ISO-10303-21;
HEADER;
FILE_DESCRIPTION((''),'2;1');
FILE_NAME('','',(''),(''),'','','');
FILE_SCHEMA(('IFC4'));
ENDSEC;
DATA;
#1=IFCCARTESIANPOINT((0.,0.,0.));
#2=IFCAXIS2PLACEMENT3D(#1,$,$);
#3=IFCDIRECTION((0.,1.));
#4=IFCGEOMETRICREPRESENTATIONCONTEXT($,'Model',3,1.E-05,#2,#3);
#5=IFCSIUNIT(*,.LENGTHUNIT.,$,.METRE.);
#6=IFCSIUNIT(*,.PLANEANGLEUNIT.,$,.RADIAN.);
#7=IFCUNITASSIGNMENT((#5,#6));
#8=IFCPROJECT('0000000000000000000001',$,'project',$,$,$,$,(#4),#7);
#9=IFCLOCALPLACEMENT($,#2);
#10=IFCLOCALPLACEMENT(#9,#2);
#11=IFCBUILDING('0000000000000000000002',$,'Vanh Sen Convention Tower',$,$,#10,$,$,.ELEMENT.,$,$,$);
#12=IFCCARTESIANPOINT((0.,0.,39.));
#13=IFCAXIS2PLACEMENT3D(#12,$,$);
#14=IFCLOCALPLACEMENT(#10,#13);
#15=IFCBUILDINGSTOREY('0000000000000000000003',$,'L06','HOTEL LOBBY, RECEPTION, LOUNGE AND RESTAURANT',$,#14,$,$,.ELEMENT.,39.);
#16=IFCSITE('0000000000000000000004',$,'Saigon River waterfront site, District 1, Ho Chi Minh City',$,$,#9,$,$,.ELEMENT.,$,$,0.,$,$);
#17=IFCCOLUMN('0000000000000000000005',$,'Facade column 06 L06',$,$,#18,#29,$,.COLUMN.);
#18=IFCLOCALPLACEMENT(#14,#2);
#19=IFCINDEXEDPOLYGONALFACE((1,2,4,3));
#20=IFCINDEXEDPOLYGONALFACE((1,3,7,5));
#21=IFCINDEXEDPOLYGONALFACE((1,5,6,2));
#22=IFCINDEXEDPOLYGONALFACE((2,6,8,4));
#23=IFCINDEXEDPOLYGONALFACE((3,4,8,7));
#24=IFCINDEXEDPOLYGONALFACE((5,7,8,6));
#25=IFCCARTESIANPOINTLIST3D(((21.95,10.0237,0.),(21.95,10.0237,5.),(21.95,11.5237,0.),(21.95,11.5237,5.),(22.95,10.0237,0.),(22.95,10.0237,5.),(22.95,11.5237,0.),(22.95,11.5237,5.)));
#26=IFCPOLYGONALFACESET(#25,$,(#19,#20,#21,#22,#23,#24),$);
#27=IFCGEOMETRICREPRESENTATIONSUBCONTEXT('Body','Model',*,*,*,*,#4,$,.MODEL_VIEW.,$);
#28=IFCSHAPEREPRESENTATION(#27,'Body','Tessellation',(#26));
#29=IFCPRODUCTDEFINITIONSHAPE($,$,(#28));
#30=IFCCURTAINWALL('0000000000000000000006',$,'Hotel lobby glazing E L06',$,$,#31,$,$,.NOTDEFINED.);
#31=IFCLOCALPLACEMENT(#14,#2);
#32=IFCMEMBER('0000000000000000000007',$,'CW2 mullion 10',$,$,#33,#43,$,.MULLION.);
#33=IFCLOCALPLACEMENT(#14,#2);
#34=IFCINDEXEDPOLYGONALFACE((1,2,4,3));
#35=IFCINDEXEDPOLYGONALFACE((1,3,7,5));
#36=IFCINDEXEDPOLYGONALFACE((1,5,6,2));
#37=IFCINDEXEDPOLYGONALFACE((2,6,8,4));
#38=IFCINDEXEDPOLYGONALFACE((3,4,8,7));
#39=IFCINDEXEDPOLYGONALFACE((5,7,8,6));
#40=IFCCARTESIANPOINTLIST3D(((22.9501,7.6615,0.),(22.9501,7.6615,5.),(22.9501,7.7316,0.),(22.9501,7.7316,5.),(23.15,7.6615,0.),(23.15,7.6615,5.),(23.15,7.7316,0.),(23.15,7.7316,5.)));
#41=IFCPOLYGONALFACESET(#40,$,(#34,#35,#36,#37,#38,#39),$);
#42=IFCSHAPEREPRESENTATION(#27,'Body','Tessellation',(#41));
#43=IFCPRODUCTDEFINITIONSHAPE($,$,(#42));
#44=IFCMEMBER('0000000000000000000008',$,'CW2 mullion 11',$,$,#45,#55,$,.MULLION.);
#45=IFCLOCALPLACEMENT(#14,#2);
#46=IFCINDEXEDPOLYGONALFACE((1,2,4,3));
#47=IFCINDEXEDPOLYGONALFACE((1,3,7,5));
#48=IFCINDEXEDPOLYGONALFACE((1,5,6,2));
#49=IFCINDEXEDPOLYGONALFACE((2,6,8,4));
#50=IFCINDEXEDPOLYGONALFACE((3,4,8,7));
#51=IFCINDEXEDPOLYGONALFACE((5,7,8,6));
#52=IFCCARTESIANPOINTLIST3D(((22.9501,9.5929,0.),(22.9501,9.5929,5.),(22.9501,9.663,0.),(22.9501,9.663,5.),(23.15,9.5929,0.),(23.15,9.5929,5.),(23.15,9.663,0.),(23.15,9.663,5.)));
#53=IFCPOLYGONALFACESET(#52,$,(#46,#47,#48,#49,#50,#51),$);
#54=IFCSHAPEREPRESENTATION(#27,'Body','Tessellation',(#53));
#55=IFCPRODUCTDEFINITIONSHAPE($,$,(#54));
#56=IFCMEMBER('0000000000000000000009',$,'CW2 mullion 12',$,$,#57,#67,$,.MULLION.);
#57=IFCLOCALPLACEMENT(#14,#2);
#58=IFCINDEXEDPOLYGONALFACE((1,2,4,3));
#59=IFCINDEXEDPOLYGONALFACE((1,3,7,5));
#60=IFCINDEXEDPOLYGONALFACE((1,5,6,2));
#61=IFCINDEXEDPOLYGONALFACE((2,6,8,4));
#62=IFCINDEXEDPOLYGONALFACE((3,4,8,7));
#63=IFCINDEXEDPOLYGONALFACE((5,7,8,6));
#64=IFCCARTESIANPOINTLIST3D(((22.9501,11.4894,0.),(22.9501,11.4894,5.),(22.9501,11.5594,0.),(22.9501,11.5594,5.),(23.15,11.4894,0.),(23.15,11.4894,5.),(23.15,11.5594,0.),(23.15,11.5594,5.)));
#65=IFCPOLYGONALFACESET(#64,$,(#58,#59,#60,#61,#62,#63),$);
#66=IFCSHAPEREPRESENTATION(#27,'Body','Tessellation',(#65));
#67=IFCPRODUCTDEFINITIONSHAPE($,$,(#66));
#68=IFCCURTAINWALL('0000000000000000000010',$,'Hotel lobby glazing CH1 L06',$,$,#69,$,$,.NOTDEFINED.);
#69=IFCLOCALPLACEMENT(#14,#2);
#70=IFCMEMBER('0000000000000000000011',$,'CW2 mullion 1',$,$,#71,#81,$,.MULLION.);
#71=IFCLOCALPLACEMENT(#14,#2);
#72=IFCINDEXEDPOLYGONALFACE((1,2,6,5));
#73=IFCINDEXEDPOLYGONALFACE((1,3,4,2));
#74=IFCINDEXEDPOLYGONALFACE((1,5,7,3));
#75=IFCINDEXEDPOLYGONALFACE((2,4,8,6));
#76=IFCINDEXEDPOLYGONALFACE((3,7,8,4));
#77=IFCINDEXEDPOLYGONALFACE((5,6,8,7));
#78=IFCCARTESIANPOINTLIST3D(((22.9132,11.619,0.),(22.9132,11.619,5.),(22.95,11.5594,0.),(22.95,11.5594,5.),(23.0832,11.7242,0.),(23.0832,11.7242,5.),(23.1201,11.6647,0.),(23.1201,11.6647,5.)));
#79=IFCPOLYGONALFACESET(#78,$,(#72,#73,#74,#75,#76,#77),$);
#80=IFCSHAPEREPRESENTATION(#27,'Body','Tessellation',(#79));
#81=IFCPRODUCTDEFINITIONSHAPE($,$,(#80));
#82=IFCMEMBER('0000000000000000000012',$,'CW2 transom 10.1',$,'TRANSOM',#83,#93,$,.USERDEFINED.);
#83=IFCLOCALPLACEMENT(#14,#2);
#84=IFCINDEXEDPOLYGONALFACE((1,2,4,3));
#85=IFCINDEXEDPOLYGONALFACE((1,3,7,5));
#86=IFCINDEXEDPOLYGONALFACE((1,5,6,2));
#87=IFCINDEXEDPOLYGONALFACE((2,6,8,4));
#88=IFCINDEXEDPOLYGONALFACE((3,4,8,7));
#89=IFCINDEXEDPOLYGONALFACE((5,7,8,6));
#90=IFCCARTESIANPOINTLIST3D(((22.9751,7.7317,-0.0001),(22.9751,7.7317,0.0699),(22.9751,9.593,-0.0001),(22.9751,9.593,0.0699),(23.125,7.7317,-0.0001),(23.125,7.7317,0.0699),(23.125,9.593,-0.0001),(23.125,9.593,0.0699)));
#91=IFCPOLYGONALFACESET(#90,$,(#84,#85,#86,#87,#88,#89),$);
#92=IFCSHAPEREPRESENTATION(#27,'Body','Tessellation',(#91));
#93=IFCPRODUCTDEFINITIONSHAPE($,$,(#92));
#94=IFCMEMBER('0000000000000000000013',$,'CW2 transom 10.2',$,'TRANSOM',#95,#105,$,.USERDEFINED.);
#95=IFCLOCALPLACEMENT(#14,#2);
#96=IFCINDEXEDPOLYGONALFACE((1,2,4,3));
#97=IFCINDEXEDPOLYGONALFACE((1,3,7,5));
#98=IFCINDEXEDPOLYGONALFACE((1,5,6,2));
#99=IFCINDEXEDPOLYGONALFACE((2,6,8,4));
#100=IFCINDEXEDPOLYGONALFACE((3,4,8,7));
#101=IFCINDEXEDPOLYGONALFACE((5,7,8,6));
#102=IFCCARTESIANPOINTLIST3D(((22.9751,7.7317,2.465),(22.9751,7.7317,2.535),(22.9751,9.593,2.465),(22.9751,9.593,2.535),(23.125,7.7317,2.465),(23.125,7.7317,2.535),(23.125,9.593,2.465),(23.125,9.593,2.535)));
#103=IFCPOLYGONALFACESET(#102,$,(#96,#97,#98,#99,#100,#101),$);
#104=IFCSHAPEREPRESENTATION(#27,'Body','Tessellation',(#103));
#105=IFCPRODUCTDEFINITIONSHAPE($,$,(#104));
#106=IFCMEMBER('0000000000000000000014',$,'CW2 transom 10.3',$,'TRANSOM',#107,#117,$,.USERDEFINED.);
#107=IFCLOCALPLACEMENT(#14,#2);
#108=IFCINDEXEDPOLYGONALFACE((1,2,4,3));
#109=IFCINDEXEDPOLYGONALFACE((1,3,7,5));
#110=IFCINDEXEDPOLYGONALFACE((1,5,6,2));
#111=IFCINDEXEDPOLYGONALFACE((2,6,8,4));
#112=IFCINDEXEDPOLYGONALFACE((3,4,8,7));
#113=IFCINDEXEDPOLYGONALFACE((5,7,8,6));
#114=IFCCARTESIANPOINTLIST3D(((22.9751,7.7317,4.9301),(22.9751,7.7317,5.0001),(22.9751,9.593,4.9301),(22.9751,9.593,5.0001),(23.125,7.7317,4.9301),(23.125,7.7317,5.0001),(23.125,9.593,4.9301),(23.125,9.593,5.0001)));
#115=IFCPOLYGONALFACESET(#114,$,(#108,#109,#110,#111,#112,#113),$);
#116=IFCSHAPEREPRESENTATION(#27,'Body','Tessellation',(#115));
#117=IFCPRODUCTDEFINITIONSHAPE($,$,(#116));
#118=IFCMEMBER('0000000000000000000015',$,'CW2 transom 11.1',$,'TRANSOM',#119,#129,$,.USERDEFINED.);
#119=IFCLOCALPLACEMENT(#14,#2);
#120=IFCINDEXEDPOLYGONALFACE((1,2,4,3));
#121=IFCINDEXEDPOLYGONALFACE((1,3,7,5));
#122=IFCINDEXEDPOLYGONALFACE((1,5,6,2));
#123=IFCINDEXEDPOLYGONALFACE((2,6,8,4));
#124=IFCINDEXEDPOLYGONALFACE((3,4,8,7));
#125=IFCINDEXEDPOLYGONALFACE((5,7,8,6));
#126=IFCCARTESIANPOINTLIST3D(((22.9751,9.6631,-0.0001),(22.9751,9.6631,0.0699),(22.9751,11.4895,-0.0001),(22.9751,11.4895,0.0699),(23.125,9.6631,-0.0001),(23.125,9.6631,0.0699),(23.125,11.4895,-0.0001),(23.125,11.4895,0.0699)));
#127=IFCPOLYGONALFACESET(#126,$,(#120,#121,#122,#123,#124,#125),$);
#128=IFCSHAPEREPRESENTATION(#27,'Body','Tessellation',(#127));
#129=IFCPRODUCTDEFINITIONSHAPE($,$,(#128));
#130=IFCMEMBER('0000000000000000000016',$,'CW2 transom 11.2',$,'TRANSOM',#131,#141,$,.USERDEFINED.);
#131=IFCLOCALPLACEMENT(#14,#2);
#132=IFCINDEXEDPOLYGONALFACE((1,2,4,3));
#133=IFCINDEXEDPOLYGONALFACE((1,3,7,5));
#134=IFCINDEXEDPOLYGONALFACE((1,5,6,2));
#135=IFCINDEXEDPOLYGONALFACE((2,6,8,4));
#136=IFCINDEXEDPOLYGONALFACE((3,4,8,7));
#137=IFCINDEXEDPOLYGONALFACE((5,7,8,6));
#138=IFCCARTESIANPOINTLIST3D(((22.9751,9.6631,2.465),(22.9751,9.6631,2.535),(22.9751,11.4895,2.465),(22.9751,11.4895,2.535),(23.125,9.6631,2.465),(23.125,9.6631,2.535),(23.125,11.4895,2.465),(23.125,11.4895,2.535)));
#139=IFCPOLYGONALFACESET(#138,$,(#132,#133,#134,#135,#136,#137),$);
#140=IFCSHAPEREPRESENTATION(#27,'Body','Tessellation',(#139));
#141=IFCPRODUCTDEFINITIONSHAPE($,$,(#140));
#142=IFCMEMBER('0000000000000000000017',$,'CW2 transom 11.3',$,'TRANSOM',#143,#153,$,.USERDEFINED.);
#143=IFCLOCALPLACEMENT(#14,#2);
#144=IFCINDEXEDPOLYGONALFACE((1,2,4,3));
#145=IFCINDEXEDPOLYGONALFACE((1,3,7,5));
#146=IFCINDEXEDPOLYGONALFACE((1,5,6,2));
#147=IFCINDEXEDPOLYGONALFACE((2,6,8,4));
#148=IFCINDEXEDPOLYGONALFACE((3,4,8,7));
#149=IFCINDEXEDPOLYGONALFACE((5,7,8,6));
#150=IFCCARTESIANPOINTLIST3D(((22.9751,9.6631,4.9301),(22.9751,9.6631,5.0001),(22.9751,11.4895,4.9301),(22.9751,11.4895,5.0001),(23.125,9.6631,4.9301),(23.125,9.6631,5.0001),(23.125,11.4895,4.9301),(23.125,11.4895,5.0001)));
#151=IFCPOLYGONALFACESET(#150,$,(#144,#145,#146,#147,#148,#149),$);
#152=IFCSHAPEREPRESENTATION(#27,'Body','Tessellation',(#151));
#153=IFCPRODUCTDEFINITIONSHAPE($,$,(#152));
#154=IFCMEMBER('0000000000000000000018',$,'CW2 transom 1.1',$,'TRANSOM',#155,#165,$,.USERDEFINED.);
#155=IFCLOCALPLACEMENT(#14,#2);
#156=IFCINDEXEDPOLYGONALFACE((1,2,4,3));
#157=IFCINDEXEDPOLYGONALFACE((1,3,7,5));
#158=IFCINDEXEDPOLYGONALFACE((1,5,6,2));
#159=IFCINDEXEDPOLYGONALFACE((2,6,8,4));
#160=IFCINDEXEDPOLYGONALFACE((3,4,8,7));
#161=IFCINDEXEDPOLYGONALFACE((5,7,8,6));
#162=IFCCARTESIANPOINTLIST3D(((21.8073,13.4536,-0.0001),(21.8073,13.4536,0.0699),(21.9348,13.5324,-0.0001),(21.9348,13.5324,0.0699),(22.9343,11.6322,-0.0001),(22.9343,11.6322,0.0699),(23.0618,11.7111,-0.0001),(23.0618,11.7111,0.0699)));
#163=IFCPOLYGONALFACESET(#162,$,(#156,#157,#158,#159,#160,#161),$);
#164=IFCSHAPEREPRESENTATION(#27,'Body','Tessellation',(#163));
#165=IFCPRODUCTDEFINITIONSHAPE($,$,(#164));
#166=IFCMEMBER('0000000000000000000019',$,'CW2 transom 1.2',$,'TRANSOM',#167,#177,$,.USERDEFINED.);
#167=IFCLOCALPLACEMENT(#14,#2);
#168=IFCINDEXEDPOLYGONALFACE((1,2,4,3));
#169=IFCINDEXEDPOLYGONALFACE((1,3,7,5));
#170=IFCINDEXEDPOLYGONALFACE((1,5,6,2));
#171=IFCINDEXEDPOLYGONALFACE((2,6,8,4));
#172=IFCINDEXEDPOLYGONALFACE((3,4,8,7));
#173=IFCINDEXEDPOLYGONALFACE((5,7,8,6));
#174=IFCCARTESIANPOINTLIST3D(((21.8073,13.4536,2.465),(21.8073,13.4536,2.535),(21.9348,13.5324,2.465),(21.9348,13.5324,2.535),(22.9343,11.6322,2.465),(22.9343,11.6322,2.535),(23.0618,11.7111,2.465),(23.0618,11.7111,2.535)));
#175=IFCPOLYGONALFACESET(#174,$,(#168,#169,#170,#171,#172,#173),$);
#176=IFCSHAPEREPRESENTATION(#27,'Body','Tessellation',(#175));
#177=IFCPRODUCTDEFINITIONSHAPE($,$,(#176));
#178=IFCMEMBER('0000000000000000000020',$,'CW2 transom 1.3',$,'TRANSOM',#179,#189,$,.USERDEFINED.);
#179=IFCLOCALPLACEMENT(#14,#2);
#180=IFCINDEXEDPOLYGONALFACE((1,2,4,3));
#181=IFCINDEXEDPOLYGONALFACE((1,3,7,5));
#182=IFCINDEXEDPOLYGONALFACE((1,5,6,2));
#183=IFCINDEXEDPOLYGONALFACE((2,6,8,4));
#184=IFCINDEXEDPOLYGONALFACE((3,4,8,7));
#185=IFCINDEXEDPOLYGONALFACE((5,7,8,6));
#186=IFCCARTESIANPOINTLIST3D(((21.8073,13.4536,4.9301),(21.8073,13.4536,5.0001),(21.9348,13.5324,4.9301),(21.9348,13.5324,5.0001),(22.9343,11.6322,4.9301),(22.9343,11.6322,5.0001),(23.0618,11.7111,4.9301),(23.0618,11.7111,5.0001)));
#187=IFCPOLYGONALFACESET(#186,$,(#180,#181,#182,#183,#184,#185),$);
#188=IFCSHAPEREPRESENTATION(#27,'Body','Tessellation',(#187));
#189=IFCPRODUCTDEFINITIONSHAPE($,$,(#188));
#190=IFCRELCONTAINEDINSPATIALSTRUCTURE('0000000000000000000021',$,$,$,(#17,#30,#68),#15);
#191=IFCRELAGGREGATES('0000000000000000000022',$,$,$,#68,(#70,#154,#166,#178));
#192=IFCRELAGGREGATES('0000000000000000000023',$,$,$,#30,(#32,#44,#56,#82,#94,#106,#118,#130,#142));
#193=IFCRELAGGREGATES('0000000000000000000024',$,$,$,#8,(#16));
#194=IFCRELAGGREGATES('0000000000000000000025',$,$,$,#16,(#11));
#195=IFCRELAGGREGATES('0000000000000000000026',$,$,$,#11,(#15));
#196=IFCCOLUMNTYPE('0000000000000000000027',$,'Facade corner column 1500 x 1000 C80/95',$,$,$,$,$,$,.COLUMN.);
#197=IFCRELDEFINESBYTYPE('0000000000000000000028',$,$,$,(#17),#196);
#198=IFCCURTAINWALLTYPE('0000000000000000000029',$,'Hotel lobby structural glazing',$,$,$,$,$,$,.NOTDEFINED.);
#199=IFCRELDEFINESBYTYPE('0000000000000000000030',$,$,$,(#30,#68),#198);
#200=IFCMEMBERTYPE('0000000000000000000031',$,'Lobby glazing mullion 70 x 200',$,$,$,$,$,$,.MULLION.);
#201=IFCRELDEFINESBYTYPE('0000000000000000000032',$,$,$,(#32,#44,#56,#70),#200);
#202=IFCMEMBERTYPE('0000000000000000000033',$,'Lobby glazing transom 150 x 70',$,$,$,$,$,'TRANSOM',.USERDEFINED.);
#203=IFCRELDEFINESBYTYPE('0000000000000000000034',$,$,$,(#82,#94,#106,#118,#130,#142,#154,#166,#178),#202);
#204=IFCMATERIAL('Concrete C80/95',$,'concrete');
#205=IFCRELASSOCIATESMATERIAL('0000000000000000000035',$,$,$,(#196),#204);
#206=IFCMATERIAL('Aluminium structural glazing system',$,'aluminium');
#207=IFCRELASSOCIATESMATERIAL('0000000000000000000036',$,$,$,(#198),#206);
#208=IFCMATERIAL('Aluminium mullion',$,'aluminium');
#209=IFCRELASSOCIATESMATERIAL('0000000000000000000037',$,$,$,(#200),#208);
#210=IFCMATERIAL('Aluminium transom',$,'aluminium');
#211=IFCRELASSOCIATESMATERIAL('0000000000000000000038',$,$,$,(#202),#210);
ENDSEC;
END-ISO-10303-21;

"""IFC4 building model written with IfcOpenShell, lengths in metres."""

from ifc_helpers import new_model, si_unit, direction, frame, origin, origin_2d, place, context, subcontext, project, spatial, rectangle, extrude, material, material_profile, profile_set, type_object, element, aggregate, save


model = new_model("IFC4")

# Units and contexts
model_context = context("Model", 3, precision=1e-05, world=origin(), true_north=direction((0.0, 1.0)))
body_context = subcontext(model_context, "Body", "Model", "MODEL_VIEW")
ifc_project = project(units=[si_unit("LENGTHUNIT", "METRE"), si_unit("PLANEANGLEUNIT", "RADIAN")], contexts=[model_context])

# Site, building, storey
site_placement = place(None, origin())
site = spatial("IfcSite", under=ifc_project, at=site_placement, Name="Saigon River waterfront site, District 1, Ho Chi Minh City", CompositionType="ELEMENT", RefElevation=0.0)
building_placement = place(site_placement, origin())
building = spatial("IfcBuilding", under=site, at=building_placement, Name="Vanh Sen Convention Tower", CompositionType="ELEMENT")
storey_placement = place(building_placement, frame((0.0, 0.0, 39.0)))
storey = spatial("IfcBuildingStorey", under=building, at=storey_placement, Name="L06", Description="HOTEL LOBBY, RECEPTION, LOUNGE AND RESTAURANT", CompositionType="ELEMENT", Elevation=39.0)

# Column
ifc_material_1 = material(Name="Concrete C80/95", Category="concrete")
ifc_material_profile_1 = material_profile(ifc_material_1, rectangle(XDim=1.5, YDim=1.0, at=origin_2d()), Name="RC 1500X1000")
ifc_profile_set_1 = profile_set([ifc_material_profile_1], Name="Concrete C80/95")
column_type = type_object("IfcColumnType", Name="Facade corner column 1500 x 1000 C80/95", PredefinedType="COLUMN", material=ifc_profile_set_1)
column_placement = place(storey_placement, frame((22.45, 10.7737, 0.0), z_axis=(0.0, 0.0, 1.0), x_axis=(0.0, 1.0, 0.0)))
element("IfcColumn", 1, at=column_placement, inside=storey, type_object=column_type, Name="Facade column 06 L06", PredefinedType="COLUMN", context=body_context, shape_type="SweptSolid", body=[
    extrude(rectangle(XDim=1.5, YDim=1.0, at=origin_2d()), origin(), (0.0, 0.0, 1.0), 5.0),
])

# Curtain wall, members
ifc_material_2 = material(Name="Aluminium structural glazing system", Category="aluminium")
curtain_wall_type_1 = type_object("IfcCurtainWallType", Name="Hotel lobby structural glazing", PredefinedType="NOTDEFINED", material=ifc_material_2)
curtain_wall_1_placement = place(storey_placement, origin())
curtain_wall_1 = element("IfcCurtainWall", 2, at=curtain_wall_1_placement, inside=storey, type_object=curtain_wall_type_1, Name="Hotel lobby glazing E L06", PredefinedType="NOTDEFINED")
ifc_material_3 = material(Name="Aluminium mullion", Category="aluminium")
ifc_material_profile_2 = material_profile(ifc_material_3, rectangle(XDim=0.2, YDim=0.0701, at=origin_2d()), Name="Lobby glazing mullion 70 x 200")
ifc_profile_set_2 = profile_set([ifc_material_profile_2], Name="Aluminium mullion")
member_type_1 = type_object("IfcMemberType", Name="Lobby glazing mullion 70 x 200", PredefinedType="MULLION", material=ifc_profile_set_2)
member_1_placement = place(storey_placement, frame((23.05, 7.6965, 0.0), z_axis=(0.0, 0.0, 1.0), x_axis=(-1.0, 0.0, 0.0)))
member_1 = element("IfcMember", 3, at=member_1_placement, type_object=member_type_1, Name="CW2 mullion 10", PredefinedType="MULLION", context=body_context, shape_type="SweptSolid", body=[
    extrude(rectangle(XDim=0.2, YDim=0.0701, at=origin_2d()), origin(), (0.0, 0.0, 1.0), 5.0),
])
member_2_placement = place(storey_placement, frame((23.05, 9.6279, 0.0), z_axis=(0.0, 0.0, 1.0), x_axis=(-1.0, 0.0, 0.0)))
member_2 = element("IfcMember", 4, at=member_2_placement, type_object=member_type_1, Name="CW2 mullion 11", PredefinedType="MULLION", context=body_context, shape_type="SweptSolid", body=[
    extrude(rectangle(XDim=0.2, YDim=0.0701, at=origin_2d()), origin(), (0.0, 0.0, 1.0), 5.0),
])
member_3_placement = place(storey_placement, frame((23.05, 11.5244, 0.0), z_axis=(0.0, 0.0, 1.0), x_axis=(-1.0, 0.0, 0.0)))
member_3 = element("IfcMember", 5, at=member_3_placement, type_object=member_type_1, Name="CW2 mullion 12", PredefinedType="MULLION", context=body_context, shape_type="SweptSolid", body=[
    extrude(rectangle(XDim=0.2, YDim=0.0701, at=origin_2d()), origin(), (0.0, 0.0, 1.0), 5.0),
])

# Curtain wall, member
curtain_wall_2_placement = place(storey_placement, origin())
curtain_wall_2 = element("IfcCurtainWall", 6, at=curtain_wall_2_placement, inside=storey, type_object=curtain_wall_type_1, Name="Hotel lobby glazing CH1 L06", PredefinedType="NOTDEFINED")
member_4_placement = place(storey_placement, frame((23.0166, 11.6418, 0.0), z_axis=(0.0, 0.0, 1.0), x_axis=(-0.850358, -0.526205, 0.0)))
member_4 = element("IfcMember", 7, at=member_4_placement, type_object=member_type_1, Name="CW2 mullion 1", PredefinedType="MULLION", context=body_context, shape_type="SweptSolid", body=[
    extrude(rectangle(XDim=0.2, YDim=0.0701, at=origin_2d()), origin(), (0.0, 0.0, 1.0), 5.0),
])

# Members
ifc_material_4 = material(Name="Aluminium transom", Category="aluminium")
ifc_material_profile_3 = material_profile(ifc_material_4, rectangle(XDim=0.1499, YDim=0.0701, at=origin_2d()), Name="Lobby glazing transom 150 x 70")
ifc_profile_set_3 = profile_set([ifc_material_profile_3], Name="Aluminium transom")
member_type_2 = type_object("IfcMemberType", Name="Lobby glazing transom 150 x 70", ElementType="TRANSOM", PredefinedType="USERDEFINED", material=ifc_profile_set_3)
member_5_placement = place(storey_placement, frame((23.05, 7.7317, 0.0349), z_axis=(0.0, 1.0, 0.0), x_axis=(-1.0, 0.0, 0.0)))
member_5 = element("IfcMember", 8, at=member_5_placement, type_object=member_type_2, Name="CW2 transom 10.1", ObjectType="TRANSOM", PredefinedType="USERDEFINED", context=body_context, shape_type="SweptSolid", body=[
    extrude(rectangle(XDim=0.1499, YDim=0.0701, at=origin_2d()), origin(), (0.0, 0.0, 1.0), 1.8613),
])
member_6_placement = place(storey_placement, frame((23.05, 7.7317, 2.5), z_axis=(0.0, 1.0, 0.0), x_axis=(-1.0, 0.0, 0.0)))
member_6 = element("IfcMember", 9, at=member_6_placement, type_object=member_type_2, Name="CW2 transom 10.2", ObjectType="TRANSOM", PredefinedType="USERDEFINED", context=body_context, shape_type="SweptSolid", body=[
    extrude(rectangle(XDim=0.1499, YDim=0.0701, at=origin_2d()), origin(), (0.0, 0.0, 1.0), 1.8613),
])
member_7_placement = place(storey_placement, frame((23.05, 7.7317, 4.9651), z_axis=(0.0, 1.0, 0.0), x_axis=(-1.0, 0.0, 0.0)))
member_7 = element("IfcMember", 10, at=member_7_placement, type_object=member_type_2, Name="CW2 transom 10.3", ObjectType="TRANSOM", PredefinedType="USERDEFINED", context=body_context, shape_type="SweptSolid", body=[
    extrude(rectangle(XDim=0.1499, YDim=0.0701, at=origin_2d()), origin(), (0.0, 0.0, 1.0), 1.8613),
])
member_8_placement = place(storey_placement, frame((23.05, 9.6631, 0.0349), z_axis=(0.0, 1.0, 0.0), x_axis=(-1.0, 0.0, 0.0)))
member_8 = element("IfcMember", 11, at=member_8_placement, type_object=member_type_2, Name="CW2 transom 11.1", ObjectType="TRANSOM", PredefinedType="USERDEFINED", context=body_context, shape_type="SweptSolid", body=[
    extrude(rectangle(XDim=0.1499, YDim=0.0701, at=origin_2d()), origin(), (0.0, 0.0, 1.0), 1.8264),
])
member_9_placement = place(storey_placement, frame((23.05, 9.6631, 2.5), z_axis=(0.0, 1.0, 0.0), x_axis=(-1.0, 0.0, 0.0)))
member_9 = element("IfcMember", 12, at=member_9_placement, type_object=member_type_2, Name="CW2 transom 11.2", ObjectType="TRANSOM", PredefinedType="USERDEFINED", context=body_context, shape_type="SweptSolid", body=[
    extrude(rectangle(XDim=0.1499, YDim=0.0701, at=origin_2d()), origin(), (0.0, 0.0, 1.0), 1.8264),
])
member_10_placement = place(storey_placement, frame((23.05, 9.6631, 4.9651), z_axis=(0.0, 1.0, 0.0), x_axis=(-1.0, 0.0, 0.0)))
member_10 = element("IfcMember", 13, at=member_10_placement, type_object=member_type_2, Name="CW2 transom 11.3", ObjectType="TRANSOM", PredefinedType="USERDEFINED", context=body_context, shape_type="SweptSolid", body=[
    extrude(rectangle(XDim=0.1499, YDim=0.0701, at=origin_2d()), origin(), (0.0, 0.0, 1.0), 1.8264),
])
member_11_placement = place(storey_placement, frame((22.998, 11.6716, 0.0349), z_axis=(-0.526182, 0.850372, 0.0), x_axis=(-0.850372, -0.526182, 0.0)))
member_11 = element("IfcMember", 14, at=member_11_placement, type_object=member_type_2, Name="CW2 transom 1.1", ObjectType="TRANSOM", PredefinedType="USERDEFINED", context=body_context, shape_type="SweptSolid", body=[
    extrude(rectangle(XDim=0.1499, YDim=0.0701, at=origin_2d()), origin(), (0.0, 0.0, 1.0), 2.1418),
])
member_12_placement = place(storey_placement, frame((22.998, 11.6716, 2.5), z_axis=(-0.526182, 0.850372, 0.0), x_axis=(-0.850372, -0.526182, 0.0)))
member_12 = element("IfcMember", 15, at=member_12_placement, type_object=member_type_2, Name="CW2 transom 1.2", ObjectType="TRANSOM", PredefinedType="USERDEFINED", context=body_context, shape_type="SweptSolid", body=[
    extrude(rectangle(XDim=0.1499, YDim=0.0701, at=origin_2d()), origin(), (0.0, 0.0, 1.0), 2.1418),
])
member_13_placement = place(storey_placement, frame((22.998, 11.6716, 4.9651), z_axis=(-0.526182, 0.850372, 0.0), x_axis=(-0.850372, -0.526182, 0.0)))
member_13 = element("IfcMember", 16, at=member_13_placement, type_object=member_type_2, Name="CW2 transom 1.3", ObjectType="TRANSOM", PredefinedType="USERDEFINED", context=body_context, shape_type="SweptSolid", body=[
    extrude(rectangle(XDim=0.1499, YDim=0.0701, at=origin_2d()), origin(), (0.0, 0.0, 1.0), 2.1418),
])
aggregate(curtain_wall_2, [member_4, member_11, member_12, member_13])

aggregate(curtain_wall_1, [member_1, member_2, member_3, member_5, member_6, member_7, member_8, member_9, member_10])

save(model, "model.ifc")
